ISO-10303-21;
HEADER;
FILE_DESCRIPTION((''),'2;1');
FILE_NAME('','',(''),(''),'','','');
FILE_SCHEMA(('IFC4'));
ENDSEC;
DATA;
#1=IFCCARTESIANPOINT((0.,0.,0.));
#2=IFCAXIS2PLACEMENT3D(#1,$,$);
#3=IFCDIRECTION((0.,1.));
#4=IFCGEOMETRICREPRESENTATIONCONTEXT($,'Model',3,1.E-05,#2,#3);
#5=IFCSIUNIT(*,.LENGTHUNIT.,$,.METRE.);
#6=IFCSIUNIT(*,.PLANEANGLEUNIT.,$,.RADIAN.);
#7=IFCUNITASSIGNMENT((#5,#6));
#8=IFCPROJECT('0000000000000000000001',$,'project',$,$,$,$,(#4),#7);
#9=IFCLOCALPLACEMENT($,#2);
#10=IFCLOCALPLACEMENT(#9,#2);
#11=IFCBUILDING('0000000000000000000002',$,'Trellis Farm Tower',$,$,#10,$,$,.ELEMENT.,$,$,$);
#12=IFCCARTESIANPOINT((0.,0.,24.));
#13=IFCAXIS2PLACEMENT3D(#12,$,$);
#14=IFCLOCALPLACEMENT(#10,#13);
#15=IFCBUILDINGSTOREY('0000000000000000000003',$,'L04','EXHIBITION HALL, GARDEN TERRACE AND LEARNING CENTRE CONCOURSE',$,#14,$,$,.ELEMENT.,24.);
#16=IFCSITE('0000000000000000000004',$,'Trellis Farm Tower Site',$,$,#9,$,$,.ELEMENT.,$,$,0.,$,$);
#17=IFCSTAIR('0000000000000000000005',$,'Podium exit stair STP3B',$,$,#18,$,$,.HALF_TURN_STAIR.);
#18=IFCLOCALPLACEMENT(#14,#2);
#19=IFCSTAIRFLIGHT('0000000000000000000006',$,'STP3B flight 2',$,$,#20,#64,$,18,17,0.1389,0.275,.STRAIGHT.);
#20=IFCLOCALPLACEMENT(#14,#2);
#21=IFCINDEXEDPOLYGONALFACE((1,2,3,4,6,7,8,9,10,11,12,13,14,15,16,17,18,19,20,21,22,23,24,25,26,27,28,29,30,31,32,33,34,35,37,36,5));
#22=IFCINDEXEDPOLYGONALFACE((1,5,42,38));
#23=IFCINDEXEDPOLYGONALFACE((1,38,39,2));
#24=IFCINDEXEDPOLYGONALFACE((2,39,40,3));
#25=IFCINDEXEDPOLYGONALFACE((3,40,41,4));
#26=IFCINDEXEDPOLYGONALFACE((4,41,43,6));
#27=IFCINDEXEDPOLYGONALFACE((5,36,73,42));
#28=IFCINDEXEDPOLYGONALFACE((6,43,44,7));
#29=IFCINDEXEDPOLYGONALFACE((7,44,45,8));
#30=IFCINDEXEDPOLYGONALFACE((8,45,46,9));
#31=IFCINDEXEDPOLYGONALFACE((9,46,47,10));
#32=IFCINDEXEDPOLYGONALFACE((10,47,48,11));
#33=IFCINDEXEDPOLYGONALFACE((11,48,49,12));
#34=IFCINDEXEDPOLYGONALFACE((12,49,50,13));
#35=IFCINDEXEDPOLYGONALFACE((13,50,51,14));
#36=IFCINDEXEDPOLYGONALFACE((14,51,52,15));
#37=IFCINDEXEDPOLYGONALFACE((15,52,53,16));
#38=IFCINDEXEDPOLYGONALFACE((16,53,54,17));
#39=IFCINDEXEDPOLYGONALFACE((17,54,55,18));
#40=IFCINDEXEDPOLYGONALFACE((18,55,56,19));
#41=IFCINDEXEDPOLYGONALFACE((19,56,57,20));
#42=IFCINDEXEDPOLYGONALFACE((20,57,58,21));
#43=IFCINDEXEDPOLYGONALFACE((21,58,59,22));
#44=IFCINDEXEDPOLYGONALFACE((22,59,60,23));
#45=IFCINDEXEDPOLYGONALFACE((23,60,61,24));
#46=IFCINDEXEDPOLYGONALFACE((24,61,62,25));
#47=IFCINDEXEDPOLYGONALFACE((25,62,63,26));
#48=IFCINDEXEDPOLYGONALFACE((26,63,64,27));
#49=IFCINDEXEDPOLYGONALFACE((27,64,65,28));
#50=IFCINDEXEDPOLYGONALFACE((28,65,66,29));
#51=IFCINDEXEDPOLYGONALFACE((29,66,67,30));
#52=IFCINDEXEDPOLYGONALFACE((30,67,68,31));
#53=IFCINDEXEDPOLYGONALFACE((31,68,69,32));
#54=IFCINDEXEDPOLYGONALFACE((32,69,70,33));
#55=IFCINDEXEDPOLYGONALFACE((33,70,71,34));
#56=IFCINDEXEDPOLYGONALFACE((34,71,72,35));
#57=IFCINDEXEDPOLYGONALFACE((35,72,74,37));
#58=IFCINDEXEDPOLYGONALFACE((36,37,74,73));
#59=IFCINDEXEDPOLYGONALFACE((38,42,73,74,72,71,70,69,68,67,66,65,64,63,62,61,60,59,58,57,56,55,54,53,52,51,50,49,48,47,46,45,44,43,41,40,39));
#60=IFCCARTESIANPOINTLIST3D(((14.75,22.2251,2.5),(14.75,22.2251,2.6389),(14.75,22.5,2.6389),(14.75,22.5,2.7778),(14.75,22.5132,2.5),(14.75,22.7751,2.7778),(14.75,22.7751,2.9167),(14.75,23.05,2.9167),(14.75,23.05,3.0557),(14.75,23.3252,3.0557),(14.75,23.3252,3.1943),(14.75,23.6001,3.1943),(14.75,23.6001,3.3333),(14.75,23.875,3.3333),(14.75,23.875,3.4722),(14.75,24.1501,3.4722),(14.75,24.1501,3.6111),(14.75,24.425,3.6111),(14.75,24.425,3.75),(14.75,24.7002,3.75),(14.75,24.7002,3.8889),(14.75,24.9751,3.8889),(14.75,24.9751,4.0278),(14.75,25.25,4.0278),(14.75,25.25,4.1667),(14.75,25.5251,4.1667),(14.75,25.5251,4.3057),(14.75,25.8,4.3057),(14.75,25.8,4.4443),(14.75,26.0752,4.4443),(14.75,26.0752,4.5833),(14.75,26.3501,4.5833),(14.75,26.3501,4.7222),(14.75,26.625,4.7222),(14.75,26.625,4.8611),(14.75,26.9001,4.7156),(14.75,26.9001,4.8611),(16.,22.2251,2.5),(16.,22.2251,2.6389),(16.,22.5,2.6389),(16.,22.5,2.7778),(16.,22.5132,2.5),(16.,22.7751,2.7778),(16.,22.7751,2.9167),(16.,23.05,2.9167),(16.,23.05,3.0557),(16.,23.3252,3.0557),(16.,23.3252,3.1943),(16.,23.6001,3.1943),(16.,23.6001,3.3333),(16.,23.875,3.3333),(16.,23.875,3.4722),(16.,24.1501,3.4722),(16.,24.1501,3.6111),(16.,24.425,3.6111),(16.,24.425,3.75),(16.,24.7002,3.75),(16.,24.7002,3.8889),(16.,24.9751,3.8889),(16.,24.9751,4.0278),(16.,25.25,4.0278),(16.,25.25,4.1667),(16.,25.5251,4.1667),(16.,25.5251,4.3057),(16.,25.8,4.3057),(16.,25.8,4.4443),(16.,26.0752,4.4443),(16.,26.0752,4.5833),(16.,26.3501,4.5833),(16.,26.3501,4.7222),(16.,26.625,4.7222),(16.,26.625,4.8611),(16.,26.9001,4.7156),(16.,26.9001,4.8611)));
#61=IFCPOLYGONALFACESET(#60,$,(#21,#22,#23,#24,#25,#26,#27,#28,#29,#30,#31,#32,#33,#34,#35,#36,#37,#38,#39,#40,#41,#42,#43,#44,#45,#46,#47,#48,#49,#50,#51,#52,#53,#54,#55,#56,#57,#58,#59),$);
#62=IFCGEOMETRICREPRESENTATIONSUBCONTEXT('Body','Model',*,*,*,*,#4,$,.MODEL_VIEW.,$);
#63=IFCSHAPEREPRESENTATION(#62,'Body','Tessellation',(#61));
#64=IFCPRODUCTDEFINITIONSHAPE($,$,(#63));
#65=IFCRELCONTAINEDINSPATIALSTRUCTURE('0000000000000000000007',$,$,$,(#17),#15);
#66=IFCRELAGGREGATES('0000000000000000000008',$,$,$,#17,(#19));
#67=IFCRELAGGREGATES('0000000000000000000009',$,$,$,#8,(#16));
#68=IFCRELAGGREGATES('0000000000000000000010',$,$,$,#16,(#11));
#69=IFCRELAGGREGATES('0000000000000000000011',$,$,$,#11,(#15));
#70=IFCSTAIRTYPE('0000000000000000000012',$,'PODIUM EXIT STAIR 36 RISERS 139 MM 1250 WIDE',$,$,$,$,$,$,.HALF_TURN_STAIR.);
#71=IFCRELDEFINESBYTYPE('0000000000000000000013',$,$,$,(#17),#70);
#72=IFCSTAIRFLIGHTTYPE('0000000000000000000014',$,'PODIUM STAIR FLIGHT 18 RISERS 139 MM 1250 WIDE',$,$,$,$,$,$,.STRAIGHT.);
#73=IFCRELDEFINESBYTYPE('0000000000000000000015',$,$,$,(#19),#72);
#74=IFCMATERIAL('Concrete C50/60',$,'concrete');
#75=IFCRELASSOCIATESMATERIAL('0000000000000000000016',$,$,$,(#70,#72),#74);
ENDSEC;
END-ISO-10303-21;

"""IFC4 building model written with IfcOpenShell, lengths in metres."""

from ifc_helpers import new_model, si_unit, direction, frame, origin, place, context, subcontext, project, spatial, polyline, outline, extrude, source, transform, mapped, material, type_object, element, aggregate, save


model = new_model("IFC4")

# Units and contexts
model_context = context("Model", 3, precision=1e-05, world=origin(), true_north=direction((0.0, 1.0)))
body_context = subcontext(model_context, "Body", "Model", "MODEL_VIEW")
ifc_project = project(units=[si_unit("LENGTHUNIT", "METRE"), si_unit("PLANEANGLEUNIT", "RADIAN")], contexts=[model_context])

# Site, building, storey
site_placement = place(None, origin())
site = spatial("IfcSite", under=ifc_project, at=site_placement, Name="Trellis Farm Tower Site", CompositionType="ELEMENT", RefElevation=0.0)
building_placement = place(site_placement, origin())
building = spatial("IfcBuilding", under=site, at=building_placement, Name="Trellis Farm Tower", CompositionType="ELEMENT")
storey_placement = place(building_placement, frame((0.0, 0.0, 24.0)))
storey = spatial("IfcBuildingStorey", under=building, at=storey_placement, Name="L04", Description="EXHIBITION HALL, GARDEN TERRACE AND LEARNING CENTRE CONCOURSE", CompositionType="ELEMENT", Elevation=24.0)

# Stair, stair flight
ifc_material_1 = material(Name="Concrete C50/60", Category="concrete")
stair_type = type_object("IfcStairType", Name="PODIUM EXIT STAIR 36 RISERS 139 MM 1250 WIDE", PredefinedType="HALF_TURN_STAIR", material=ifc_material_1)
placement = place(storey_placement, origin())
stair_flight_type = type_object("IfcStairFlightType", Name="PODIUM STAIR FLIGHT 18 RISERS 139 MM 1250 WIDE", PredefinedType="STRAIGHT", material=ifc_material_1)
shared_shape_1 = source(origin(), body_context, "Body", "SweptSolid", [
    extrude(outline(polyline([(0.0, 0.0), (0.0, 0.1389), (0.2749, 0.1389), (0.2749, 0.2778), (0.55, 0.2778), (0.55, 0.4167), (0.825, 0.4167), (0.825, 0.5557), (1.1001, 0.5557), (1.1001, 0.6943), (1.375, 0.6943), (1.375, 0.8333), (1.6499, 0.8333), (1.6499, 0.9722), (1.925, 0.9722), (1.925, 1.1111), (2.2, 1.1111), (2.2, 1.25), (2.4751, 1.25), (2.4751, 1.3889), (2.75, 1.3889), (2.75, 1.5278), (3.0249, 1.5278), (3.0249, 1.6667), (3.3, 1.6667), (3.3, 1.8057), (3.575, 1.8057), (3.575, 1.9443), (3.8501, 1.9443), (3.8501, 2.0833), (4.125, 2.0833), (4.125, 2.2222), (4.3999, 2.2222), (4.3999, 2.3611), (4.675, 2.3611), (4.675, 2.5), (4.675, 2.2156), (0.2881, 0.0), (0.0, 0.0)])), frame((0.0, 0.625, 0.0), z_axis=(0.0, -1.0, 0.0), x_axis=(1.0, 0.0, 0.0)), (0.0, 0.0, 1.0), 1.25),
])
stair_1 = element("IfcStair", 1, at=placement, inside=storey, type_object=stair_type, Name="Podium exit stair STP3B", PredefinedType="HALF_TURN_STAIR")
stair_flight_1_placement = place(storey_placement, frame((15.375, 22.2251, 2.5), z_axis=(0.0, 0.0, 1.0), x_axis=(0.0, 1.0, 0.0)))
stair_flight_1 = element("IfcStairFlight", 2, at=stair_flight_1_placement, type_object=stair_flight_type, Name="STP3B flight 2", NumberOfRisers=18, NumberOfTreads=17, PredefinedType="STRAIGHT", RiserHeight=0.1389, TreadLength=0.275, context=body_context, shape_type="MappedRepresentation", body=[
    mapped(shared_shape_1, transform((0.0, 0.0, 0.0))),
])
aggregate(stair_1, [stair_flight_1])

save(model, "model.ifc")
